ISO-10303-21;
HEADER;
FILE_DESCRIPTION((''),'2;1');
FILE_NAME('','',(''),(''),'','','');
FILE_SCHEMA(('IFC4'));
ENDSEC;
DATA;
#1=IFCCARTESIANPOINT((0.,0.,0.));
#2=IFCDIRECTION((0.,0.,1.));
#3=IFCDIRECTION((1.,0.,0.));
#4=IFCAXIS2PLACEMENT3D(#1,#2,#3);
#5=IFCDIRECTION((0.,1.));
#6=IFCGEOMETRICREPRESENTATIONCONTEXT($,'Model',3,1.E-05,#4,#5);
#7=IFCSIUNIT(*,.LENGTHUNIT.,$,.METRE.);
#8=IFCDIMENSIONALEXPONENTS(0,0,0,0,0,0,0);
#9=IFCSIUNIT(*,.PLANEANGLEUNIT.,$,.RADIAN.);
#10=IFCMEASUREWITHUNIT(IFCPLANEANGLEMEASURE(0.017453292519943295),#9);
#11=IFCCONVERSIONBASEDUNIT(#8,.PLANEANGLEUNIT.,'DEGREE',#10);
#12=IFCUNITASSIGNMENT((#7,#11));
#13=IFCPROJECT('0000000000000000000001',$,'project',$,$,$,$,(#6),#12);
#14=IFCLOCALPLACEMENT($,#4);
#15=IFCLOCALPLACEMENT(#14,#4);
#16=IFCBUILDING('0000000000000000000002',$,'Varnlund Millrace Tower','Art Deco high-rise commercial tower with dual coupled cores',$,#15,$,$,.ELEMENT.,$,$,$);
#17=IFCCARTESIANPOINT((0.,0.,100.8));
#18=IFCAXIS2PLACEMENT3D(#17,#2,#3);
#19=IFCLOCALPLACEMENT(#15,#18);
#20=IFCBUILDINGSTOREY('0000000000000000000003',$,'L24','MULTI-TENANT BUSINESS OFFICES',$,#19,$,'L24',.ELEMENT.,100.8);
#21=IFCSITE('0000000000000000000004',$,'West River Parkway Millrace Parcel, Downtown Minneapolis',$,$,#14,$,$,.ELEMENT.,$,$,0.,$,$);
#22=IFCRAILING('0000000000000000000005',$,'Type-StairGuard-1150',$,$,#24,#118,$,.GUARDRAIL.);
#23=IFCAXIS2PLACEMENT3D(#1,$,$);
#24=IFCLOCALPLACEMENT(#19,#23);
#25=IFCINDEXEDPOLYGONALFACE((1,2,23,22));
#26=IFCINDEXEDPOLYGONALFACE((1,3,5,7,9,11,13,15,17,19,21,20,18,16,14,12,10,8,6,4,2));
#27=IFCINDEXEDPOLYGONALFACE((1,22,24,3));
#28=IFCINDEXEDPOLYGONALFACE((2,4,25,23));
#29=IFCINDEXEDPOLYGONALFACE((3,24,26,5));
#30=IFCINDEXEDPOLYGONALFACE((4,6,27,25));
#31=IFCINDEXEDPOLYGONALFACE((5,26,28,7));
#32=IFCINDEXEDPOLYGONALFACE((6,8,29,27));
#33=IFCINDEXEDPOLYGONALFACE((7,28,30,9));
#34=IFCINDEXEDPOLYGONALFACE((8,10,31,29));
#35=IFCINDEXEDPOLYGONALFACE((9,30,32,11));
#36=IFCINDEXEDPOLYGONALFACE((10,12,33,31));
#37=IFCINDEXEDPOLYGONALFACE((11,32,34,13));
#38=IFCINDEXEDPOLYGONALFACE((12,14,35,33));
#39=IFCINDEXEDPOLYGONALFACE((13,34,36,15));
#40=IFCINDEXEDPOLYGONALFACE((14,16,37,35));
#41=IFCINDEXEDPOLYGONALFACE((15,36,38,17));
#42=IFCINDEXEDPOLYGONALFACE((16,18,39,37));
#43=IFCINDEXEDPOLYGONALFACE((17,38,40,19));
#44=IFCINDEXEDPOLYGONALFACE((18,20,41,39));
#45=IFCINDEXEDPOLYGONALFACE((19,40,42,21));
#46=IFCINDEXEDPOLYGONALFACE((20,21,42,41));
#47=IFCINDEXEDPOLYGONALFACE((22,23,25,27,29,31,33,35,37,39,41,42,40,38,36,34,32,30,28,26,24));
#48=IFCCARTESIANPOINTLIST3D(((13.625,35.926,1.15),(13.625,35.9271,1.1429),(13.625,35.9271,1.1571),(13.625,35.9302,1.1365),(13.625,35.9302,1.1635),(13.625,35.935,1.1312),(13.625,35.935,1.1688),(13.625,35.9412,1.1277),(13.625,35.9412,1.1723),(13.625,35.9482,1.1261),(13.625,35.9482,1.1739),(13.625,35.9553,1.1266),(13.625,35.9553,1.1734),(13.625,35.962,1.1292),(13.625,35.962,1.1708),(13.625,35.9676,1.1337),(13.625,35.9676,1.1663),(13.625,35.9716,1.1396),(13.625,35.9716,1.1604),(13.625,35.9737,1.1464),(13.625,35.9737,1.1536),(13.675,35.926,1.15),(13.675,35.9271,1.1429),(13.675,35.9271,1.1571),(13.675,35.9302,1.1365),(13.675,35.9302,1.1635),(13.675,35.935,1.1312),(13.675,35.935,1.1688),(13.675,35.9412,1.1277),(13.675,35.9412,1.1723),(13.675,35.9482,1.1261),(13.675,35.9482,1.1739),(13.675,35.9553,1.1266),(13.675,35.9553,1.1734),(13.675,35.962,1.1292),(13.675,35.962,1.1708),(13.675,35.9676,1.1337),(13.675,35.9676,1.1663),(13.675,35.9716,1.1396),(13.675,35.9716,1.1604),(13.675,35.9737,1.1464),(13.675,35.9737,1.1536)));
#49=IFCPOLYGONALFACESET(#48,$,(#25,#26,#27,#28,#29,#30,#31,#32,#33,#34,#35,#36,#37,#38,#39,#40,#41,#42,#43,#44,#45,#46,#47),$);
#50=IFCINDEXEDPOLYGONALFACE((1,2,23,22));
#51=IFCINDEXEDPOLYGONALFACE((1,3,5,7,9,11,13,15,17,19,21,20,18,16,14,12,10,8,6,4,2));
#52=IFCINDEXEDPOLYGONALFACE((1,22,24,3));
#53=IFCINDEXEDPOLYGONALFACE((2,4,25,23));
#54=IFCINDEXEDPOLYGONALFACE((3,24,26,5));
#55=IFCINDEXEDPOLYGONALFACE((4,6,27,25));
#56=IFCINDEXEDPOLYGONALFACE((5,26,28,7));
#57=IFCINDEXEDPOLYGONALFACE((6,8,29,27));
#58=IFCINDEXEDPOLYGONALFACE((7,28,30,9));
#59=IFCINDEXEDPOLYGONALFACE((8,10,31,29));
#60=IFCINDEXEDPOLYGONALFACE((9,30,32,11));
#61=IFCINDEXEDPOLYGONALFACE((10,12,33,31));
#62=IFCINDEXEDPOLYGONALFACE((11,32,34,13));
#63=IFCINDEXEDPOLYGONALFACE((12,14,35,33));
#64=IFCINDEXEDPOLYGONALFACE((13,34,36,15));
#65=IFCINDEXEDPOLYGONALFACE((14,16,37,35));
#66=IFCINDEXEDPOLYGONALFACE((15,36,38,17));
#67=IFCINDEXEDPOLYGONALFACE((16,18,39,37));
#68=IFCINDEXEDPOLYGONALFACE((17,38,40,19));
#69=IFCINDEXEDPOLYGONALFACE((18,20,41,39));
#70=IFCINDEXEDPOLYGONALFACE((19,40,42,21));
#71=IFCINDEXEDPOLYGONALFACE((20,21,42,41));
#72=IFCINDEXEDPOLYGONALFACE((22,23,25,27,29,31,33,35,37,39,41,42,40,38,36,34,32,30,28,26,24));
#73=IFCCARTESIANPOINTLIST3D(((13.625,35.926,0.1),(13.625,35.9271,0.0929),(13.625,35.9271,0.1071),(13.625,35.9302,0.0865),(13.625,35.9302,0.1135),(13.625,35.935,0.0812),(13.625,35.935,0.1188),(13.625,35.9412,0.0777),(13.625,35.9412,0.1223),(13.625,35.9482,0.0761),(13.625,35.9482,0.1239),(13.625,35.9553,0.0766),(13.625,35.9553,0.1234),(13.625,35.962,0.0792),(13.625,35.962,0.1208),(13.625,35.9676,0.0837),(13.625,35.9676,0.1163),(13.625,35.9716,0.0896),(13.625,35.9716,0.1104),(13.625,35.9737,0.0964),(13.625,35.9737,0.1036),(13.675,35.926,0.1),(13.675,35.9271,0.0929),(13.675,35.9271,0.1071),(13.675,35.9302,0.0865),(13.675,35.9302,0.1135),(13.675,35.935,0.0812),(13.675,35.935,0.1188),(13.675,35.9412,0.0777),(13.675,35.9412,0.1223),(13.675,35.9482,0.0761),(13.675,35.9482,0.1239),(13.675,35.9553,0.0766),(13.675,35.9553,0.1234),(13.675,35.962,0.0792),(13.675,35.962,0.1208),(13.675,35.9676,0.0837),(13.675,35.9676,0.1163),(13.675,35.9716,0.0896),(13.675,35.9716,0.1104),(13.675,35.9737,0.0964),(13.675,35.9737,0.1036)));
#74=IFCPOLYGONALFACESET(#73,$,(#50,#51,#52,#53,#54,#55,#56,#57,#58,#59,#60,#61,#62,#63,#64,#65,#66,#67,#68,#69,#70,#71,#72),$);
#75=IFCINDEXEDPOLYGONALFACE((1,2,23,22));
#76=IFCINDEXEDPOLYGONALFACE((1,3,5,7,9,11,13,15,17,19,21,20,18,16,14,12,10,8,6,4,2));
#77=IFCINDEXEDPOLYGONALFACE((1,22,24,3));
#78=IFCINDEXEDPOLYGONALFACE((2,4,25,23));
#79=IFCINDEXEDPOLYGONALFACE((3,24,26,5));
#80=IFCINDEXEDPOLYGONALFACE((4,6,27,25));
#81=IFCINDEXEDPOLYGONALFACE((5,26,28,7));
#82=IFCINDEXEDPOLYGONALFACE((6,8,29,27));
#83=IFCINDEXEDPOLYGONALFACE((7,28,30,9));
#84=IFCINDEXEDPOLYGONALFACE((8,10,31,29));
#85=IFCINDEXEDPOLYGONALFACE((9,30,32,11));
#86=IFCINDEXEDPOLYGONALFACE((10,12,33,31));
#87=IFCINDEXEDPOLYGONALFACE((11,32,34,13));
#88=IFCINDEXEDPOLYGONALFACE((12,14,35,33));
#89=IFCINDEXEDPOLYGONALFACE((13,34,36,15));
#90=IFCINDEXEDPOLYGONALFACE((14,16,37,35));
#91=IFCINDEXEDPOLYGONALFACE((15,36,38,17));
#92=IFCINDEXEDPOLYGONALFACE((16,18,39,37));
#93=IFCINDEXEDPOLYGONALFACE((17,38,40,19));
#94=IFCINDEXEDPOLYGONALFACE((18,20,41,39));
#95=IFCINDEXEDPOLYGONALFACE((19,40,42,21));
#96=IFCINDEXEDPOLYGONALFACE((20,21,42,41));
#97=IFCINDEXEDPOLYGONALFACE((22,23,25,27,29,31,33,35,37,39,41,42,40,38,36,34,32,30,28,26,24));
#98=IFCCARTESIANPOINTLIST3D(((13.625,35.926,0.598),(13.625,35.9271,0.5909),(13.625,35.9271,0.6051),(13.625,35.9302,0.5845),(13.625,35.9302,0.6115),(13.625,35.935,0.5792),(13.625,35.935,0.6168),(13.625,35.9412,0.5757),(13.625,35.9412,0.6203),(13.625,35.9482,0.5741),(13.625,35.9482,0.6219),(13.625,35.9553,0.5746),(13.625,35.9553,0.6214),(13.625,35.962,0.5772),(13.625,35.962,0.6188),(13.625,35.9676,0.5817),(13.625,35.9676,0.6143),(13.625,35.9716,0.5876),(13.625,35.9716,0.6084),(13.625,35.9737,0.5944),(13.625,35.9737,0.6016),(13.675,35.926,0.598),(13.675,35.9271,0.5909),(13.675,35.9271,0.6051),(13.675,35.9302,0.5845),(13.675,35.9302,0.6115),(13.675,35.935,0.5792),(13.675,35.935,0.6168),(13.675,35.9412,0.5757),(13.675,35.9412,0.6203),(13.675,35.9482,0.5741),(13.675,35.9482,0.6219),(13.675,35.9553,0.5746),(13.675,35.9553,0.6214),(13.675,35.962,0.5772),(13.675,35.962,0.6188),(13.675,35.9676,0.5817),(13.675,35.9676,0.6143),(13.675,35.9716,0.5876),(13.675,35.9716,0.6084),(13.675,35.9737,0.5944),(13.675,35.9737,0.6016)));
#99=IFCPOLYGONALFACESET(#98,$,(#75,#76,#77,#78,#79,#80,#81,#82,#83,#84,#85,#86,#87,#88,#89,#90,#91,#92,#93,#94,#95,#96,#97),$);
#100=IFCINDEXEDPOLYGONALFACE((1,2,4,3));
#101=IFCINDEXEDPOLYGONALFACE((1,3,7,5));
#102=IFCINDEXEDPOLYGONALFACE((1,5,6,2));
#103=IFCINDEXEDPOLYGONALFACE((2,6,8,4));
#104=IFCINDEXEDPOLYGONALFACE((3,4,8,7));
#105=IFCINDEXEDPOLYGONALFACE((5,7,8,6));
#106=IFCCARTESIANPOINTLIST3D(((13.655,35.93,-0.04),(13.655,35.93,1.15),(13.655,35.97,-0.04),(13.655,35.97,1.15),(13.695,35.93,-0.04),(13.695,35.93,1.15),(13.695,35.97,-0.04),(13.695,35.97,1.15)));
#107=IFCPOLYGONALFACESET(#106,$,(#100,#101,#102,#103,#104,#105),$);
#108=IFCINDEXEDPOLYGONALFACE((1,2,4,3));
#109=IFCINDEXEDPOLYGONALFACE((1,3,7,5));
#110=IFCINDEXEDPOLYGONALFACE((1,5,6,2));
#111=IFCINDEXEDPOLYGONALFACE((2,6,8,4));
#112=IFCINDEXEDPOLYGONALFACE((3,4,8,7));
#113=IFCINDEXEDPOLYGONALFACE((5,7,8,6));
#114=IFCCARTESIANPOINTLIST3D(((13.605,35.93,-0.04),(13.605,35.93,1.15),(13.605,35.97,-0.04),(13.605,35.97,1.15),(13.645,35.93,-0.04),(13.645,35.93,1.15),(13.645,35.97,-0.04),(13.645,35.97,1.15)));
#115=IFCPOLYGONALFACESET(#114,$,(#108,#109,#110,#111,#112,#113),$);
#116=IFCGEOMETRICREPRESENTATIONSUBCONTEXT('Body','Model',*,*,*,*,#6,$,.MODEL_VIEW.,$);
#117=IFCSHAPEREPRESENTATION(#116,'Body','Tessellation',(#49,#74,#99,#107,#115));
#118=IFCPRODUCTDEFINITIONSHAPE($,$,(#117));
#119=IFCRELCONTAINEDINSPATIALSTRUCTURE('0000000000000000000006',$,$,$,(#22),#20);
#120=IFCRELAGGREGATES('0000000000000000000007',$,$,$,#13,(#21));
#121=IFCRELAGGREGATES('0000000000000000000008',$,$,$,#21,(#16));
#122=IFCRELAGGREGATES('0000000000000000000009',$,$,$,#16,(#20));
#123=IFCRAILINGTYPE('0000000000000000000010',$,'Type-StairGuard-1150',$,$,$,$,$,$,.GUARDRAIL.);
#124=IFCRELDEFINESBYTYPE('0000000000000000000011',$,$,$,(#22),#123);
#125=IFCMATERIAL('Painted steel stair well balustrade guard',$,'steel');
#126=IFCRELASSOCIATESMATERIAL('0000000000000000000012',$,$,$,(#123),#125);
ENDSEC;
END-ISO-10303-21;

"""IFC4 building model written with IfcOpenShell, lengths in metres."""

from ifc_helpers import new_model, entity, si_unit, converted_unit, direction, frame, origin_with_axes, origin_2d_with_axis, place, context, subcontext, project, spatial, rectangle, circle, extrude, material, type_object, element, save


model = new_model("IFC4")

# Units and contexts
model_context = context("Model", 3, precision=1e-05, world=origin_with_axes(), true_north=direction((0.0, 1.0)))
body_context = subcontext(model_context, "Body", "Model", "MODEL_VIEW")
ifc_project = project(units=[si_unit("LENGTHUNIT", "METRE"), converted_unit("PLANEANGLEUNIT", "DEGREE", entity("IfcPlaneAngleMeasure", 0.017453292519943295), si_unit("PLANEANGLEUNIT", "RADIAN"), dimensions=[0, 0, 0, 0, 0, 0, 0])], contexts=[model_context])

# Site, building, storey
site_placement = place(None, origin_with_axes())
site = spatial("IfcSite", under=ifc_project, at=site_placement, Name="West River Parkway Millrace Parcel, Downtown Minneapolis", CompositionType="ELEMENT", RefElevation=0.0)
building_placement = place(site_placement, origin_with_axes())
building = spatial("IfcBuilding", under=site, at=building_placement, Name="Varnlund Millrace Tower", Description="Art Deco high-rise commercial tower with dual coupled cores", CompositionType="ELEMENT")
storey_placement = place(building_placement, frame((0.0, 0.0, 100.8), z_axis=(0.0, 0.0, 1.0), x_axis=(1.0, 0.0, 0.0)))
storey = spatial("IfcBuildingStorey", under=building, at=storey_placement, Name="L24", Description="MULTI-TENANT BUSINESS OFFICES", LongName="L24", CompositionType="ELEMENT", Elevation=100.8)

# Railing
ifc_material_1 = material(Name="Painted steel stair well balustrade guard", Category="steel")
railing_type_1 = type_object("IfcRailingType", Name="Type-StairGuard-1150", PredefinedType="GUARDRAIL", material=ifc_material_1)
railing_1_placement = place(storey_placement, frame((0.0, 0.0, -100.8), z_axis=(0.0, 0.0, 1.0), x_axis=(1.0, 0.0, 0.0)))
element("IfcRailing", 1, at=railing_1_placement, inside=storey, type_object=railing_type_1, Name="Type-StairGuard-1150", PredefinedType="GUARDRAIL", context=body_context, shape_type="SweptSolid", body=[
    extrude(circle(Radius=0.024, at=origin_2d_with_axis()), frame((13.675, 35.95, 101.95), z_axis=(-1.0, 0.0, 0.0), x_axis=(0.0, -1.0, 0.0)), (0.0, 0.0, 1.0), 0.05),
    extrude(circle(Radius=0.024, at=origin_2d_with_axis()), frame((13.675, 35.95, 100.9), z_axis=(-1.0, 0.0, 0.0), x_axis=(0.0, -1.0, 0.0)), (0.0, 0.0, 1.0), 0.05),
    extrude(circle(Radius=0.024, at=origin_2d_with_axis()), frame((13.675, 35.95, 101.398), z_axis=(-1.0, 0.0, 0.0), x_axis=(0.0, -1.0, 0.0)), (0.0, 0.0, 1.0), 0.05),
    extrude(rectangle(XDim=0.04, YDim=0.04, at=origin_2d_with_axis()), frame((13.675, 35.95, 100.76), z_axis=(0.0, 0.0, 1.0), x_axis=(1.0, 0.0, 0.0)), (0.0, 0.0, 1.0), 1.19),
    extrude(rectangle(XDim=0.04, YDim=0.04, at=origin_2d_with_axis()), frame((13.625, 35.95, 100.76), z_axis=(0.0, 0.0, 1.0), x_axis=(1.0, 0.0, 0.0)), (0.0, 0.0, 1.0), 1.19),
])

save(model, "model.ifc")
